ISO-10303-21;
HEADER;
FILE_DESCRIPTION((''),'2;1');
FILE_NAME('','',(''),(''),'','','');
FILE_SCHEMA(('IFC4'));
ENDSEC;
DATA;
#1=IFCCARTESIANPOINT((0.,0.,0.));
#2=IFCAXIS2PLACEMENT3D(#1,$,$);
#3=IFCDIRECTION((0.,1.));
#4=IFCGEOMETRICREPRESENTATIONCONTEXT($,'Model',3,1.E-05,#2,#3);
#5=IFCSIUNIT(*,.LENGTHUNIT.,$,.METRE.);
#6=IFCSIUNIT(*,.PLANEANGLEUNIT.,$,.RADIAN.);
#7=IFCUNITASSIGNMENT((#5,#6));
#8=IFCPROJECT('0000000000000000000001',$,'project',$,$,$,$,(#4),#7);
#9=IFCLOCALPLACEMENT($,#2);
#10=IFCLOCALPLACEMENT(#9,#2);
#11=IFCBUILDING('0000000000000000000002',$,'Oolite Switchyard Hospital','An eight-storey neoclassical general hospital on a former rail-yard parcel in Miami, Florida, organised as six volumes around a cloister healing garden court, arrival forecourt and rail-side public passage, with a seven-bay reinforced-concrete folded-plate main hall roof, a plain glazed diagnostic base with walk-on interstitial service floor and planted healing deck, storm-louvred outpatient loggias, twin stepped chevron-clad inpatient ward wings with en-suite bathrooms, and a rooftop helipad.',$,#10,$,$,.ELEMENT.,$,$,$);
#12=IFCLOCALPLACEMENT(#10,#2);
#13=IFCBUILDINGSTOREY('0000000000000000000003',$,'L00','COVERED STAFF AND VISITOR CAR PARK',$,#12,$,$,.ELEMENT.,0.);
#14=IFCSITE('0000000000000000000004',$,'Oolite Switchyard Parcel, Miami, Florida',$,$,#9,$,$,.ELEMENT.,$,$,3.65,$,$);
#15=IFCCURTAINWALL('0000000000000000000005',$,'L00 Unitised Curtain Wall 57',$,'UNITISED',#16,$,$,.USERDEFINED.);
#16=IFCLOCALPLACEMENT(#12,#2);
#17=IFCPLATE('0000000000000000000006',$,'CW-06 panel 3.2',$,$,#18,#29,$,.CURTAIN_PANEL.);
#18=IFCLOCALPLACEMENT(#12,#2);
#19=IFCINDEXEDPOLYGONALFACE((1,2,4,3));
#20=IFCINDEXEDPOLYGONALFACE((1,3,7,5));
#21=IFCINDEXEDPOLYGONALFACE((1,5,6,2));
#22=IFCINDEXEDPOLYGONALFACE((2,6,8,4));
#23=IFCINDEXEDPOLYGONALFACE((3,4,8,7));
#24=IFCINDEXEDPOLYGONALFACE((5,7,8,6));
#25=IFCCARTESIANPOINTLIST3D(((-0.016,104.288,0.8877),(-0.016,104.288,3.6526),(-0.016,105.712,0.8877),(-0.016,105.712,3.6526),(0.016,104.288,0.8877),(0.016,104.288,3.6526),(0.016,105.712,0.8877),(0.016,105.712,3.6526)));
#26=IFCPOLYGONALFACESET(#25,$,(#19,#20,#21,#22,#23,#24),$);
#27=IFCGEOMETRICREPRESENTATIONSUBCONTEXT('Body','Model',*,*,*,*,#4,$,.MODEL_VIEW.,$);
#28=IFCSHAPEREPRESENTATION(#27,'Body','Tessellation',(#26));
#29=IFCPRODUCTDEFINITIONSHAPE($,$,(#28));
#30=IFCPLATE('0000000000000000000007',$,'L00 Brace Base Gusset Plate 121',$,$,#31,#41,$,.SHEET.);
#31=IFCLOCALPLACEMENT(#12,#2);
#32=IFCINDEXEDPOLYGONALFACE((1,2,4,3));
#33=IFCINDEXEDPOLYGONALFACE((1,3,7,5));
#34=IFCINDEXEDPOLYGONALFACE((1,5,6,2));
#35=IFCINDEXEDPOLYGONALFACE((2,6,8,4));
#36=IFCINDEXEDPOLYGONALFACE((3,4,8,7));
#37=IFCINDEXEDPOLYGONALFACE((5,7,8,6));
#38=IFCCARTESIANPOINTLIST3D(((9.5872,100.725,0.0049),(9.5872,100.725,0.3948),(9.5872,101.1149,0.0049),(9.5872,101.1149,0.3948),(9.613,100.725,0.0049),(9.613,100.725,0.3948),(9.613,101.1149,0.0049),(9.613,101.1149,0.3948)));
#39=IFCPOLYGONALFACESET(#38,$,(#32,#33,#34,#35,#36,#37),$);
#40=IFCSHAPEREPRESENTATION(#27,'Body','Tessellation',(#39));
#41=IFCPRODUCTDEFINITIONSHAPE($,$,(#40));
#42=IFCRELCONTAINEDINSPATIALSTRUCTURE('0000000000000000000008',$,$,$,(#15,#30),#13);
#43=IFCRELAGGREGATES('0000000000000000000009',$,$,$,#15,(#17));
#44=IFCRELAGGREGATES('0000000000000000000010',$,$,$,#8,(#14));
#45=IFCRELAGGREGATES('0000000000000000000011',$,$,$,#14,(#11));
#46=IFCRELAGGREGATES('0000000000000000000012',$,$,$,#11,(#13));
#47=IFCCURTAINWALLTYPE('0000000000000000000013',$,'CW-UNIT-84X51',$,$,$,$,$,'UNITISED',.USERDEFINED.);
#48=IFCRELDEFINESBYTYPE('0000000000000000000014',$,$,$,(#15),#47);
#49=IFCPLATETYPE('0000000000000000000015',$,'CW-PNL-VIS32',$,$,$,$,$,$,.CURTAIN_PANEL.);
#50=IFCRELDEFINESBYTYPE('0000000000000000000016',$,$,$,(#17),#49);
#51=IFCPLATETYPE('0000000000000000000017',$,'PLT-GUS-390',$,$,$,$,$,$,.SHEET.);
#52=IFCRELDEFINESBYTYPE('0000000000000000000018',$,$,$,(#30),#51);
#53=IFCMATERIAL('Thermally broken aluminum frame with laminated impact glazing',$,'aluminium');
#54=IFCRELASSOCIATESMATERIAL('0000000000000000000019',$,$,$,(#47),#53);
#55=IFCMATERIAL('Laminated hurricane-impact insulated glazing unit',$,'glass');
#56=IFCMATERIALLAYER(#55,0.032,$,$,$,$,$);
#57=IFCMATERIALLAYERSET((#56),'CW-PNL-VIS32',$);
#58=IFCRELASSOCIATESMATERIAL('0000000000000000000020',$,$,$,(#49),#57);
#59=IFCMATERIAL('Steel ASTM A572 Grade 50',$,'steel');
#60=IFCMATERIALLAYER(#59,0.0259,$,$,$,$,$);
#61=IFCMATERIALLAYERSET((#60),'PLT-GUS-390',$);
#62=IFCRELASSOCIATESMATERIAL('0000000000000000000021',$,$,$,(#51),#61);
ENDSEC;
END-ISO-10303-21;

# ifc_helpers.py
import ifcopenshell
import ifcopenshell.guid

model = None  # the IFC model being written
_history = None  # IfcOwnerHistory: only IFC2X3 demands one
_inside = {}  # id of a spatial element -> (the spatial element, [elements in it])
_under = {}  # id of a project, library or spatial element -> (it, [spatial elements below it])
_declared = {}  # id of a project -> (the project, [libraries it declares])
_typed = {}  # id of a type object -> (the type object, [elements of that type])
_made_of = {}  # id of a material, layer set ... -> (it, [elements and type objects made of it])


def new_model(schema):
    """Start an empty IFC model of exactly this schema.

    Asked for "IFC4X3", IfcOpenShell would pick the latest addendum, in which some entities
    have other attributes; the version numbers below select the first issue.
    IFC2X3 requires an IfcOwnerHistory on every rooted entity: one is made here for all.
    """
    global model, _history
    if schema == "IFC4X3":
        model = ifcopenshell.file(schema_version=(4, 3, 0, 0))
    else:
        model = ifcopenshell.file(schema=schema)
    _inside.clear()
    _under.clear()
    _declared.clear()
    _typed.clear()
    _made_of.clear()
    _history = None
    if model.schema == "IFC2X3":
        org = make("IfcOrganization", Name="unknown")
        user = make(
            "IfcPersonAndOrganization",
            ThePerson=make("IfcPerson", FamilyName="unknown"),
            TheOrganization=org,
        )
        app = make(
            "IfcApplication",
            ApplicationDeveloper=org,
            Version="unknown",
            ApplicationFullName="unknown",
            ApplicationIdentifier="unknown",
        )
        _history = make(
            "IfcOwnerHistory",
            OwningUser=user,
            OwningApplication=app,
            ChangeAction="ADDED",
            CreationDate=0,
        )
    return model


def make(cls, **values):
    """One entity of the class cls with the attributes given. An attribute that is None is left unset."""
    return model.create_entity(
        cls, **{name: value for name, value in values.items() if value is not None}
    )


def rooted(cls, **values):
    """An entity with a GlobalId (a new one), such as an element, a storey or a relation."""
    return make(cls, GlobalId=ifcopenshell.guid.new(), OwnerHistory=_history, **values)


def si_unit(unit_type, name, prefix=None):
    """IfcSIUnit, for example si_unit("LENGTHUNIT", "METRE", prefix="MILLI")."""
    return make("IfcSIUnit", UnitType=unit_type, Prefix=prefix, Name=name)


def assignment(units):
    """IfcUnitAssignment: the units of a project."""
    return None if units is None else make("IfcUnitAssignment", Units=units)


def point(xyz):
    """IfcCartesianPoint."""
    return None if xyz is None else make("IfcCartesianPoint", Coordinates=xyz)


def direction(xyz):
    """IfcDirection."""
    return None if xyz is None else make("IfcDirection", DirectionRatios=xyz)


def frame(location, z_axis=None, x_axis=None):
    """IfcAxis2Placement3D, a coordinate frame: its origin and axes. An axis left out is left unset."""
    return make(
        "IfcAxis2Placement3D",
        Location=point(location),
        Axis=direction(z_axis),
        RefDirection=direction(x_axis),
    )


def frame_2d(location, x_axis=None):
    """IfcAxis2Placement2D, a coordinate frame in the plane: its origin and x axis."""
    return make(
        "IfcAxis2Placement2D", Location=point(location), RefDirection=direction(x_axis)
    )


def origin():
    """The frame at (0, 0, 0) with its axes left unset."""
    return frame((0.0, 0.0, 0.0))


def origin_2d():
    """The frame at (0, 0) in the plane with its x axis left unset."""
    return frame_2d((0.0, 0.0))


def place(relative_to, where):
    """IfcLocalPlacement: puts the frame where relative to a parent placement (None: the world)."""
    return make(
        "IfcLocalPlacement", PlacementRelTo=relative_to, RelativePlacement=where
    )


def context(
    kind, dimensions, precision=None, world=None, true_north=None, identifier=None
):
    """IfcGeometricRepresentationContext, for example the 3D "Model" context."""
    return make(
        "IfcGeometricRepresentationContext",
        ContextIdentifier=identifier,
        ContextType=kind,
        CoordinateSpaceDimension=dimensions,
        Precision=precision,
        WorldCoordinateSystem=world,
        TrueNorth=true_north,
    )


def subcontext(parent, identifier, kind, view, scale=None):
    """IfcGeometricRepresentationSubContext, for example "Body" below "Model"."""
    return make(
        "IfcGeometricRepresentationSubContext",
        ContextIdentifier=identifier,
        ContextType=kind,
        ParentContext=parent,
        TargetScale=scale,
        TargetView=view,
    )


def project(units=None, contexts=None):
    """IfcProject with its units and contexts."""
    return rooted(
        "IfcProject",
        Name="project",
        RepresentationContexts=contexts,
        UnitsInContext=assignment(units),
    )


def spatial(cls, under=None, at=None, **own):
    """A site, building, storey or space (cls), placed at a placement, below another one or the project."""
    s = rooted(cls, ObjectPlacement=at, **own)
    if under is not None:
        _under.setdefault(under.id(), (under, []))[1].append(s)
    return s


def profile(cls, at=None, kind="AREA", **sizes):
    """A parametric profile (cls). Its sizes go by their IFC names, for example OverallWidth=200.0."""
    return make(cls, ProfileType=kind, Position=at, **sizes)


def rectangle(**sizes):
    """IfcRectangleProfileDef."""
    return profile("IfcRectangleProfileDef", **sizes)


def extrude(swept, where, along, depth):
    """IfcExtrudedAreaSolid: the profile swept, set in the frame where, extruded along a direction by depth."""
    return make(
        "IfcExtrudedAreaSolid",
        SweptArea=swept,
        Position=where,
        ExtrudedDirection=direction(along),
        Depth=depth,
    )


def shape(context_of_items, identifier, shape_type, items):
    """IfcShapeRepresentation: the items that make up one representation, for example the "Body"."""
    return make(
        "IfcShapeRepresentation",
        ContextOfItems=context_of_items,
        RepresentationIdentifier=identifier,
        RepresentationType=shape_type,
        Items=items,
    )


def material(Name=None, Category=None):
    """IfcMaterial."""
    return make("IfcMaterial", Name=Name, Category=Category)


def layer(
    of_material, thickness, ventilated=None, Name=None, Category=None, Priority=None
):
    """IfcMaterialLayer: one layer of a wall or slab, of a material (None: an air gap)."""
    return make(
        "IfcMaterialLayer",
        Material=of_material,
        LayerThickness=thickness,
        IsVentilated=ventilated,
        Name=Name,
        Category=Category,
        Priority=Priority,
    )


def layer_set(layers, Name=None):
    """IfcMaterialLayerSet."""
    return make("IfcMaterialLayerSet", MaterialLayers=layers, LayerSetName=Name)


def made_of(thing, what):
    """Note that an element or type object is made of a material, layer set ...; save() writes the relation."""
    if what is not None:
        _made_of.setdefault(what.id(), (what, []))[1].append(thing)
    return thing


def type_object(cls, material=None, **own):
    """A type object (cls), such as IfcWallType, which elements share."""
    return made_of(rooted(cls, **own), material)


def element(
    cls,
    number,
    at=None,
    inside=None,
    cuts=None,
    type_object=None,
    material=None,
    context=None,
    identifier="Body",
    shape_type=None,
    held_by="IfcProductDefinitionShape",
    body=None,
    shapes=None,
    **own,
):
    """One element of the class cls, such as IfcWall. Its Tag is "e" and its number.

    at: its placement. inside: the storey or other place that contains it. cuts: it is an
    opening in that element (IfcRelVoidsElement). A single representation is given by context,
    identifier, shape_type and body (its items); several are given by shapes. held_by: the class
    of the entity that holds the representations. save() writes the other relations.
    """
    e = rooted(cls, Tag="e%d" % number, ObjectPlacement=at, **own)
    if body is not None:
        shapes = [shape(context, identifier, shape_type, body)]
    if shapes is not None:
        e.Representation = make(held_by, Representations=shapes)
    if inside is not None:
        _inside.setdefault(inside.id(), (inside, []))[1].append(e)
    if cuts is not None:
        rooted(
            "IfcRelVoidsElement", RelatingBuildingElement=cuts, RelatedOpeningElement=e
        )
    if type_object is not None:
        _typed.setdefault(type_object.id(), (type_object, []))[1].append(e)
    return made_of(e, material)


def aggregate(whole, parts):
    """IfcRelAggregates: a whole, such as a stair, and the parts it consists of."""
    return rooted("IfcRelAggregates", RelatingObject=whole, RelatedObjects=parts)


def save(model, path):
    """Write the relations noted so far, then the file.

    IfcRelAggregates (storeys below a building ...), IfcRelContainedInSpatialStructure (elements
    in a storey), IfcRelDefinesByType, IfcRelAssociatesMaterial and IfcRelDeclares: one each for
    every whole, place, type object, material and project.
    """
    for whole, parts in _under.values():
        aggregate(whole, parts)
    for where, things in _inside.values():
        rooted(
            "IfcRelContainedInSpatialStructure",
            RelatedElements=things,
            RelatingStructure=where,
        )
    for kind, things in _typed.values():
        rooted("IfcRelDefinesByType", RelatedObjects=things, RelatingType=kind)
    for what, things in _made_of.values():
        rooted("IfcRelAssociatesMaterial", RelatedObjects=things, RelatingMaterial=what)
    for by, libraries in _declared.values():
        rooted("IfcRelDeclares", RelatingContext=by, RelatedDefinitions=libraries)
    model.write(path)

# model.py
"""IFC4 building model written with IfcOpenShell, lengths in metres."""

from ifc_helpers import new_model, si_unit, direction, frame, origin, origin_2d, place, context, subcontext, project, spatial, rectangle, extrude, material, layer, layer_set, type_object, element, aggregate, save


model = new_model("IFC4")

# Units and contexts
model_context = context("Model", 3, precision=1e-05, world=origin(), true_north=direction((0.0, 1.0)))
body_context = subcontext(model_context, "Body", "Model", "MODEL_VIEW")
ifc_project = project(units=[si_unit("LENGTHUNIT", "METRE"), si_unit("PLANEANGLEUNIT", "RADIAN")], contexts=[model_context])

# Site, building, storey
site_placement = place(None, origin())
site = spatial("IfcSite", under=ifc_project, at=site_placement, Name="Oolite Switchyard Parcel, Miami, Florida", CompositionType="ELEMENT", RefElevation=3.65)
building_placement = place(site_placement, origin())
building = spatial("IfcBuilding", under=site, at=building_placement, Name="Oolite Switchyard Hospital", Description="An eight-storey neoclassical general hospital on a former rail-yard parcel in Miami, Florida, organised as six volumes around a cloister healing garden court, arrival forecourt and rail-side public passage, with a seven-bay reinforced-concrete folded-plate main hall roof, a plain glazed diagnostic base with walk-on interstitial service floor and planted healing deck, storm-louvred outpatient loggias, twin stepped chevron-clad inpatient ward wings with en-suite bathrooms, and a rooftop helipad.", CompositionType="ELEMENT")
storey_placement = place(building_placement, origin())
storey = spatial("IfcBuildingStorey", under=building, at=storey_placement, Name="L00", Description="COVERED STAFF AND VISITOR CAR PARK", CompositionType="ELEMENT", Elevation=0.0)

# Curtain wall
ifc_material_1 = material(Name="Thermally broken aluminum frame with laminated impact glazing", Category="aluminium")
curtain_wall_type = type_object("IfcCurtainWallType", Name="CW-UNIT-84X51", ElementType="UNITISED", PredefinedType="USERDEFINED", material=ifc_material_1)
curtain_wall_placement = place(storey_placement, origin())
curtain_wall = element("IfcCurtainWall", 1, at=curtain_wall_placement, inside=storey, type_object=curtain_wall_type, Name="L00 Unitised Curtain Wall 57", ObjectType="UNITISED", PredefinedType="USERDEFINED")

# Plates
ifc_material_2 = material(Name="Laminated hurricane-impact insulated glazing unit", Category="glass")
ifc_layer_1 = layer(ifc_material_2, 0.032)
ifc_layer_set_1 = layer_set([ifc_layer_1], Name="CW-PNL-VIS32")
plate_type_1 = type_object("IfcPlateType", Name="CW-PNL-VIS32", PredefinedType="CURTAIN_PANEL", material=ifc_layer_set_1)
plate_1_placement = place(storey_placement, frame((0.0, 105.0, 0.8877), z_axis=(0.0, 0.0, 1.0), x_axis=(0.0, 1.0, 0.0)))
plate_1 = element("IfcPlate", 2, at=plate_1_placement, type_object=plate_type_1, Name="CW-06 panel 3.2", PredefinedType="CURTAIN_PANEL", context=body_context, shape_type="SweptSolid", body=[
    extrude(rectangle(XDim=1.4241, YDim=0.032, at=origin_2d()), origin(), (0.0, 0.0, 1.0), 2.7649),
])
aggregate(curtain_wall, [plate_1])
ifc_material_3 = material(Name="Steel ASTM A572 Grade 50", Category="steel")
ifc_layer_2 = layer(ifc_material_3, 0.0259)
ifc_layer_set_2 = layer_set([ifc_layer_2], Name="PLT-GUS-390")
plate_type_2 = type_object("IfcPlateType", Name="PLT-GUS-390", PredefinedType="SHEET", material=ifc_layer_set_2)
plate_2_placement = place(storey_placement, frame((9.6001, 100.9199, 0.0049), z_axis=(0.0, 0.0, 1.0), x_axis=(0.0, 1.0, 0.0)))
element("IfcPlate", 3, at=plate_2_placement, inside=storey, type_object=plate_type_2, Name="L00 Brace Base Gusset Plate 121", PredefinedType="SHEET", context=body_context, shape_type="SweptSolid", body=[
    extrude(rectangle(XDim=0.3899, YDim=0.0259, at=origin_2d()), origin(), (0.0, 0.0, 1.0), 0.3899),
])

save(model, "model.ifc")
